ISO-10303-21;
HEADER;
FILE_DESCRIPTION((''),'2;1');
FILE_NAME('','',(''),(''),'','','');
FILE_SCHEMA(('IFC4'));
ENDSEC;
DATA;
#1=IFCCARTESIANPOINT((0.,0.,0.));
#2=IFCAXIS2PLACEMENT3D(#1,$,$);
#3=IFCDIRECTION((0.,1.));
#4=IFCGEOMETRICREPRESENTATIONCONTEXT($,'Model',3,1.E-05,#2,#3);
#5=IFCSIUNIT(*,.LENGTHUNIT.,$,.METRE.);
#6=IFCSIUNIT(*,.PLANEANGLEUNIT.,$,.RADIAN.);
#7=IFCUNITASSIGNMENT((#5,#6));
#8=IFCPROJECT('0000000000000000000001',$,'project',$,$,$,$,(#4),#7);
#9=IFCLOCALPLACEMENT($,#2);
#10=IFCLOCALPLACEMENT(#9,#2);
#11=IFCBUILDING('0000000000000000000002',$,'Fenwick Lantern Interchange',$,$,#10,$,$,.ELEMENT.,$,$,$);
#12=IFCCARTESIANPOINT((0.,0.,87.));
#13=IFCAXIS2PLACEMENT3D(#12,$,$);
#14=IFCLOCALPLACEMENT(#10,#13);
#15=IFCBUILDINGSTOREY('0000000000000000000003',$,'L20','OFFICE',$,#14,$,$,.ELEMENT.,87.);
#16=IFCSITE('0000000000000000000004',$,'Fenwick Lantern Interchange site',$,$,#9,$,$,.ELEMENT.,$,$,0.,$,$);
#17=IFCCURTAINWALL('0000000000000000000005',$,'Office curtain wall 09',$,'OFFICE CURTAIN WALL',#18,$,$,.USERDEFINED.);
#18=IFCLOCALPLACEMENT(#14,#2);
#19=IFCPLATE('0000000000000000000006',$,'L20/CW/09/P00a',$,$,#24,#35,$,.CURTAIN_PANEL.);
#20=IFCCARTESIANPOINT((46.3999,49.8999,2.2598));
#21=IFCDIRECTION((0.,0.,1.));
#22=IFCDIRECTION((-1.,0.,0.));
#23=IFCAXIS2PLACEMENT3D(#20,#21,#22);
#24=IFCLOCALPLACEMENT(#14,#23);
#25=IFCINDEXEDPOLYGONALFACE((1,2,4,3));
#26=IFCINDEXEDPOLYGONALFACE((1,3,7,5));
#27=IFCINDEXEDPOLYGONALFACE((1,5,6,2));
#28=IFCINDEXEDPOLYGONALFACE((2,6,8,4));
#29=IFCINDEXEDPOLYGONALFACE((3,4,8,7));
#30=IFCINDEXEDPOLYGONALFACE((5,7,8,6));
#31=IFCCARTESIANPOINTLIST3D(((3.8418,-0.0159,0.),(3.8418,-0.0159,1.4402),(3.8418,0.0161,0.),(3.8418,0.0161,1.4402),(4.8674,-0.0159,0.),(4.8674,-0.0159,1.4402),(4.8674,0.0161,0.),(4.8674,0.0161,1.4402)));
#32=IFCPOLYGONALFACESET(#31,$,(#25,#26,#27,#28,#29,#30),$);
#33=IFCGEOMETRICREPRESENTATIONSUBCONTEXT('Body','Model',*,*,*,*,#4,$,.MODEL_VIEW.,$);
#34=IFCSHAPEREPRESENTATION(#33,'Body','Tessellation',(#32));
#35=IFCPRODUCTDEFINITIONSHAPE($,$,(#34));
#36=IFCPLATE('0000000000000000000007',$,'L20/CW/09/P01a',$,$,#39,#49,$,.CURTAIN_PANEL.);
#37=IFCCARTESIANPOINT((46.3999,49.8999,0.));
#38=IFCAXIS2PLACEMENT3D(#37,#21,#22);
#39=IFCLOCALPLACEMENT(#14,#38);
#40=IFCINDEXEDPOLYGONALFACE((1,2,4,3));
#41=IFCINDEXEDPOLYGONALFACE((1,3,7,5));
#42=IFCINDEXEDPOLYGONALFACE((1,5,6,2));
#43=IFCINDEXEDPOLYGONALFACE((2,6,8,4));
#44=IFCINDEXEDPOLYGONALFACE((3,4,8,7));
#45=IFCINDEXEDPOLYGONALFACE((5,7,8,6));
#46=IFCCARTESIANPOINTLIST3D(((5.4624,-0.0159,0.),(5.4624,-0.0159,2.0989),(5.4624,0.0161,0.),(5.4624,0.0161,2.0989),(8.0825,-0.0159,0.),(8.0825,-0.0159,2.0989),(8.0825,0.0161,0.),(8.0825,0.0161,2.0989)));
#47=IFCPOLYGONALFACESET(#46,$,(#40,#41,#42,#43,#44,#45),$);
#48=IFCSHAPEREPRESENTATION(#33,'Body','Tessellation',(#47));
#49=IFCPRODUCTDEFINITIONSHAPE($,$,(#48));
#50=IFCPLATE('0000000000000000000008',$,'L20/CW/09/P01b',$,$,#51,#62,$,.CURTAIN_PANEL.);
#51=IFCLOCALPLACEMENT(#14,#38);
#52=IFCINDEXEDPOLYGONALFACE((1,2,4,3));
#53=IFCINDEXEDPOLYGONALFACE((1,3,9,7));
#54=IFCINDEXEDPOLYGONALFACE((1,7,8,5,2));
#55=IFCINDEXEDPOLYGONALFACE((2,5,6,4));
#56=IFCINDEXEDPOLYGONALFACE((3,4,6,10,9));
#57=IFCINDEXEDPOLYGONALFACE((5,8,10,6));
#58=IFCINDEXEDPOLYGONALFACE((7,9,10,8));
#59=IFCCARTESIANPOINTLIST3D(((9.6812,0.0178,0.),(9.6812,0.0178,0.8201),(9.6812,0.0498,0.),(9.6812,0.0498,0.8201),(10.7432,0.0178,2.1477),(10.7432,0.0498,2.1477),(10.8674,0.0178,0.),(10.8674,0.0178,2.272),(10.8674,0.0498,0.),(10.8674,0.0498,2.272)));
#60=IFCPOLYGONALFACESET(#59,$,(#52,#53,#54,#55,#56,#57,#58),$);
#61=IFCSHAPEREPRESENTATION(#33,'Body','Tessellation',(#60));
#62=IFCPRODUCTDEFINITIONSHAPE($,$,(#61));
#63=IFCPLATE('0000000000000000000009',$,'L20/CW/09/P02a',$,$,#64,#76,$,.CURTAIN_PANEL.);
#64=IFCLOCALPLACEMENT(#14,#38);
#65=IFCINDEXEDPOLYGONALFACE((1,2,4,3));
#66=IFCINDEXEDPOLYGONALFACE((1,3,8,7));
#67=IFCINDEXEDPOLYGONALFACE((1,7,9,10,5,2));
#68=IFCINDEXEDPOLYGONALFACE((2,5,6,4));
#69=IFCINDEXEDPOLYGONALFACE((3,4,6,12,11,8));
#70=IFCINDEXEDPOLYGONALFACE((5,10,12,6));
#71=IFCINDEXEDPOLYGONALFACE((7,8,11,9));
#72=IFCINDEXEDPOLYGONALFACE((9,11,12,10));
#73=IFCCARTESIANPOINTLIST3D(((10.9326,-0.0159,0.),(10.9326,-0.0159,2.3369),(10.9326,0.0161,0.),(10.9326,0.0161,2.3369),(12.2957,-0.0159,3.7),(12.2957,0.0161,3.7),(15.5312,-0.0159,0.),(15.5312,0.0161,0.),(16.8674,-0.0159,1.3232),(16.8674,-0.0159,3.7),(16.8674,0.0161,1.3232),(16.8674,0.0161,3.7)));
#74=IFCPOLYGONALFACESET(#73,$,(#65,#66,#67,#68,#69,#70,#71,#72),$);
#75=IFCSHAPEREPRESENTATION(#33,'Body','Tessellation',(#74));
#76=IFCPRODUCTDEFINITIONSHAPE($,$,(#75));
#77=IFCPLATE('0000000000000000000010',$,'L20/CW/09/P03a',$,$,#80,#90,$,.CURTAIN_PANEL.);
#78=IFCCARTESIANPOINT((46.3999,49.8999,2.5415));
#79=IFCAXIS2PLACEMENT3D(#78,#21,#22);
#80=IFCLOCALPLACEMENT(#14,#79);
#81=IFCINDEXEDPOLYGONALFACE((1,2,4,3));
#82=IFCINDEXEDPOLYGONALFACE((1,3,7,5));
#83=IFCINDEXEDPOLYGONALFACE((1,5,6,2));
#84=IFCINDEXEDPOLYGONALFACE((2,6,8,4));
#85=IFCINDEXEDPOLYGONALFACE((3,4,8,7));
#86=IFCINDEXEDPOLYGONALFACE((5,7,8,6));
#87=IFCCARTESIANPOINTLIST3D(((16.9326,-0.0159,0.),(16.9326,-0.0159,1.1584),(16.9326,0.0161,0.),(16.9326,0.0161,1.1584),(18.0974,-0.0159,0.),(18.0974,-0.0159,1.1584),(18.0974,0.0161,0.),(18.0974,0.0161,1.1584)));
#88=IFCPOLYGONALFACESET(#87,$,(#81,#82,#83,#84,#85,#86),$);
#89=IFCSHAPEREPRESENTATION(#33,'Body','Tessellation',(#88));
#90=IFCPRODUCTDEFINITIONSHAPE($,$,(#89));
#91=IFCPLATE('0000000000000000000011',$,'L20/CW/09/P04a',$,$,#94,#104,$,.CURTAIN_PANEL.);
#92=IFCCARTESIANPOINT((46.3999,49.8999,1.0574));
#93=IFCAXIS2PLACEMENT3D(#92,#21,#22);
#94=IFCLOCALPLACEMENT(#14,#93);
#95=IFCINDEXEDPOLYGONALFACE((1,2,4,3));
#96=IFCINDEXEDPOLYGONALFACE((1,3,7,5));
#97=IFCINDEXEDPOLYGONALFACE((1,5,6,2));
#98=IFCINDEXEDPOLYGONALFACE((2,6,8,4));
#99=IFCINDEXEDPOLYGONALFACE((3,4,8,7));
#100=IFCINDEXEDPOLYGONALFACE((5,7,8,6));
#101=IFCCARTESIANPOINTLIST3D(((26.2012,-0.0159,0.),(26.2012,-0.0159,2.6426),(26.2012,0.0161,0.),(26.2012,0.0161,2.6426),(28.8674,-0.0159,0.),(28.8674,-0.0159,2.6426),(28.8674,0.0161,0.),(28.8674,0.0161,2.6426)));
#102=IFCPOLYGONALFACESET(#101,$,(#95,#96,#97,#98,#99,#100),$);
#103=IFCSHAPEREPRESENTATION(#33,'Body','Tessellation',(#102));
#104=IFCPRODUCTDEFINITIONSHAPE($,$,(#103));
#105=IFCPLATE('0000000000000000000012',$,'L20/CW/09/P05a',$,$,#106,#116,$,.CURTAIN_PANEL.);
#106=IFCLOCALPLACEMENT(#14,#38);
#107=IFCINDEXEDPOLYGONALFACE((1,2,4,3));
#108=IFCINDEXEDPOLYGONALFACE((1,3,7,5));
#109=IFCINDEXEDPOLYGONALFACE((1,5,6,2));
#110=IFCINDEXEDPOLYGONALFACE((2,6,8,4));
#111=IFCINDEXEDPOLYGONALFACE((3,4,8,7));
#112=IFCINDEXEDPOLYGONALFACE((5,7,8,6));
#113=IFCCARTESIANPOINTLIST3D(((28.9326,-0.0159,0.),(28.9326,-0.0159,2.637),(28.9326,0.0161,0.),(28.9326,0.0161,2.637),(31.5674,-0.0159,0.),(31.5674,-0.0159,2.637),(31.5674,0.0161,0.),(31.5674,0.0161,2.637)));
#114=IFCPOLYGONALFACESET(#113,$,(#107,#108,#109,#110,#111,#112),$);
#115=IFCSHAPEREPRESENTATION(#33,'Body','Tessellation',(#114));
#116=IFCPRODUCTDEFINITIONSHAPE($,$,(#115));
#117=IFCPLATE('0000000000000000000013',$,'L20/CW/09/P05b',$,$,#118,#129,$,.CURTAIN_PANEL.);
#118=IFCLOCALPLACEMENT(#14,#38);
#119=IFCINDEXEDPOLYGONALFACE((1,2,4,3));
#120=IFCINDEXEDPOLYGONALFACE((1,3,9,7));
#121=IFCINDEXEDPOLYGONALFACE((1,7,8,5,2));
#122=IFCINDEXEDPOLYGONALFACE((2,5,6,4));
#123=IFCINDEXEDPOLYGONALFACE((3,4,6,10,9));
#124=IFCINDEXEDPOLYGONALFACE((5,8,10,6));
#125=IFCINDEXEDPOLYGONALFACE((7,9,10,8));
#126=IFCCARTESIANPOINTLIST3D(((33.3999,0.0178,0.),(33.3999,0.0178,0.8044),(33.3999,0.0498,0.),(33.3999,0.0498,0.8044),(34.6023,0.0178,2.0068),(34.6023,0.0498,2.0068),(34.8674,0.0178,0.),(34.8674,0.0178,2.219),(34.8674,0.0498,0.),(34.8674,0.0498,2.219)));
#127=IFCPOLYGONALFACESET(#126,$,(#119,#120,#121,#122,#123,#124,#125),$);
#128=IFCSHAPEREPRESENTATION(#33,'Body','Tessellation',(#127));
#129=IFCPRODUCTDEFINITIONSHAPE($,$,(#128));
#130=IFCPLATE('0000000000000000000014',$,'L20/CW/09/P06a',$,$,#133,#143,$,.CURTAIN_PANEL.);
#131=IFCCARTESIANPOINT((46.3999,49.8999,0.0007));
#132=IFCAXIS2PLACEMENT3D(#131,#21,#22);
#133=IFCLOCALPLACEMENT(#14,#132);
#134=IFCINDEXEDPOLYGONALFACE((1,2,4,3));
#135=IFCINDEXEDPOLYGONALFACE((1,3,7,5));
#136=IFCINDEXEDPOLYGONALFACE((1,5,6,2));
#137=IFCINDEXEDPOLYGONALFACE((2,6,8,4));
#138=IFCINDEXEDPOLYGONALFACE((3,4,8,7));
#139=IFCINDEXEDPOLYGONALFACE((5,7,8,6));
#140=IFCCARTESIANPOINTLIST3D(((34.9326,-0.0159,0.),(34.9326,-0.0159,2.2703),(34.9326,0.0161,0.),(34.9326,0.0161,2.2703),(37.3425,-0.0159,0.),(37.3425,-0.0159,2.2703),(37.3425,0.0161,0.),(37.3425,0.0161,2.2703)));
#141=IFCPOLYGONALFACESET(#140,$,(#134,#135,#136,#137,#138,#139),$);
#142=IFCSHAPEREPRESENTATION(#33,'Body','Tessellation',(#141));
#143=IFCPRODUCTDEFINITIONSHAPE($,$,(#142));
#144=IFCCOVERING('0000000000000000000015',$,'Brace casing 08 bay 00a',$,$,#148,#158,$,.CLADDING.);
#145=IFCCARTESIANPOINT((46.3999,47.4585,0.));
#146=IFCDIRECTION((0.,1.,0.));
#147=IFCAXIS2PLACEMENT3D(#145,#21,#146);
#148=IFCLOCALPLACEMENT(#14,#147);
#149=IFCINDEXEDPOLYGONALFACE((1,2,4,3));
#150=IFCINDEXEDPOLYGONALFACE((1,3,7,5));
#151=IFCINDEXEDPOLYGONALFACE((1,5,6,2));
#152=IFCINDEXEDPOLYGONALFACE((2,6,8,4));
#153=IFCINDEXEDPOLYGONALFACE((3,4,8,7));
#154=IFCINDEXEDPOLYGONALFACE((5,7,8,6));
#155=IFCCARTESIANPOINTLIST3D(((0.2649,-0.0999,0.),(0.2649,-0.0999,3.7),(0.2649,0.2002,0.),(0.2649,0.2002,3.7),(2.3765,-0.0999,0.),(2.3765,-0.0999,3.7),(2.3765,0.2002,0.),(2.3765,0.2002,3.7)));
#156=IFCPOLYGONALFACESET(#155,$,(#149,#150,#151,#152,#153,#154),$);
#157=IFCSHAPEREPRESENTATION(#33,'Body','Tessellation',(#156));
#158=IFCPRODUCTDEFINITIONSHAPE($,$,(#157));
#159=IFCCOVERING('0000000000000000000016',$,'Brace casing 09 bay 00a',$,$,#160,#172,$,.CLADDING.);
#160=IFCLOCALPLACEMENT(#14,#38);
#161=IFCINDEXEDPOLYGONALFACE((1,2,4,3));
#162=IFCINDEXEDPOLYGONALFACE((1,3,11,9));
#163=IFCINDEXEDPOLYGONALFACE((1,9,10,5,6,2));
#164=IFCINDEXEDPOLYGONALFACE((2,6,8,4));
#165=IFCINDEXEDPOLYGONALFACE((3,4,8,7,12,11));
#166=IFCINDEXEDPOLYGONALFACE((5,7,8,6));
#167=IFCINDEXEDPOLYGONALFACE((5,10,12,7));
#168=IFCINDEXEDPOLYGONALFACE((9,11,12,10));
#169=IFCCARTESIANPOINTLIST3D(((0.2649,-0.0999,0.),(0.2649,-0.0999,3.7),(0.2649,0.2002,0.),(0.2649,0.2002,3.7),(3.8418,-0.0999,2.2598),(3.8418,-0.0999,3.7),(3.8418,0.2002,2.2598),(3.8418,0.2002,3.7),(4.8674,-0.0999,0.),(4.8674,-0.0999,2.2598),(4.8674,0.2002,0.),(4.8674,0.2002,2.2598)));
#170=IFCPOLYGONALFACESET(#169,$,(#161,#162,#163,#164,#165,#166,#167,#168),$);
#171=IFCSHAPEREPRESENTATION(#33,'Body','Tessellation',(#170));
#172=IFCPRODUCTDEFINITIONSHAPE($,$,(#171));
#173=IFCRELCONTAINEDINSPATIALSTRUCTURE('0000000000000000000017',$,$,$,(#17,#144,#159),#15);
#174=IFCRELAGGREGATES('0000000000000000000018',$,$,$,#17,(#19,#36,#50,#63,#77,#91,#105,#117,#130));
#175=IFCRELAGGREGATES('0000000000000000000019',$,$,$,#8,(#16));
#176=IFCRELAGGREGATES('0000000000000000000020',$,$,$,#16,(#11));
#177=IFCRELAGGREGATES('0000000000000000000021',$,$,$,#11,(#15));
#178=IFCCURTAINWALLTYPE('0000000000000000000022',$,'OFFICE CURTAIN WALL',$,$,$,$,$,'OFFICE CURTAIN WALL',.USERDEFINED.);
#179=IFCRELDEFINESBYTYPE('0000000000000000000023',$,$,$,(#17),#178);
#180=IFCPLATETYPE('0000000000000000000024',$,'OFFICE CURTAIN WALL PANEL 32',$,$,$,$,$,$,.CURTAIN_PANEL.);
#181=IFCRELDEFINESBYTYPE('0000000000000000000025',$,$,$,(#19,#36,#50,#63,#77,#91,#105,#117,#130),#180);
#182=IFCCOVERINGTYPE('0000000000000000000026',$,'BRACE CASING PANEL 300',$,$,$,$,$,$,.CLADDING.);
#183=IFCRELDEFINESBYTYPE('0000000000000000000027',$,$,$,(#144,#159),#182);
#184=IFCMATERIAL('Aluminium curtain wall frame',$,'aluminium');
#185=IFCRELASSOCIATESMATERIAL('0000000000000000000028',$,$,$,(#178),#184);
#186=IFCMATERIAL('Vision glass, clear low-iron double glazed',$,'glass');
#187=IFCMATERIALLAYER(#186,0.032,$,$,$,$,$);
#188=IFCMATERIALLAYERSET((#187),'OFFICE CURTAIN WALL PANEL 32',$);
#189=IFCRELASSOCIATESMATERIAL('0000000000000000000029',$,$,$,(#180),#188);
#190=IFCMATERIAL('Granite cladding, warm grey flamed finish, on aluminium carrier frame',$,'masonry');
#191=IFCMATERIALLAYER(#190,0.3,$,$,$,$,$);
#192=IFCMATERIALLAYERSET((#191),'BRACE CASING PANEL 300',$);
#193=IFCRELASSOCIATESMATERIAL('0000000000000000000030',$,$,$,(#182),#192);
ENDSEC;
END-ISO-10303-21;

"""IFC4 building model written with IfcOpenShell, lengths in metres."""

from ifc_helpers import new_model, si_unit, direction, frame, origin, place, context, subcontext, project, spatial, polyline, outline, extrude, material, layer, layer_set, type_object, element, aggregate, save


model = new_model("IFC4")

# Units and contexts
model_context = context("Model", 3, precision=1e-05, world=origin(), true_north=direction((0.0, 1.0)))
body_context = subcontext(model_context, "Body", "Model", "MODEL_VIEW")
ifc_project = project(units=[si_unit("LENGTHUNIT", "METRE"), si_unit("PLANEANGLEUNIT", "RADIAN")], contexts=[model_context])

# Site, building, storey
site_placement = place(None, origin())
site = spatial("IfcSite", under=ifc_project, at=site_placement, Name="Fenwick Lantern Interchange site", CompositionType="ELEMENT", RefElevation=0.0)
building_placement = place(site_placement, origin())
building = spatial("IfcBuilding", under=site, at=building_placement, Name="Fenwick Lantern Interchange", CompositionType="ELEMENT")
storey_placement = place(building_placement, frame((0.0, 0.0, 87.0)))
storey = spatial("IfcBuildingStorey", under=building, at=storey_placement, Name="L20", Description="OFFICE", CompositionType="ELEMENT", Elevation=87.0)

# Curtain wall
ifc_material_1 = material(Name="Aluminium curtain wall frame", Category="aluminium")
curtain_wall_type = type_object("IfcCurtainWallType", Name="OFFICE CURTAIN WALL", ElementType="OFFICE CURTAIN WALL", PredefinedType="USERDEFINED", material=ifc_material_1)
curtain_wall_1_placement = place(storey_placement, origin())
curtain_wall_1 = element("IfcCurtainWall", 1, at=curtain_wall_1_placement, inside=storey, type_object=curtain_wall_type, Name="Office curtain wall 09", ObjectType="OFFICE CURTAIN WALL", PredefinedType="USERDEFINED")

# Plates
ifc_material_2 = material(Name="Vision glass, clear low-iron double glazed", Category="glass")
ifc_layer_1 = layer(ifc_material_2, 0.032)
ifc_layer_set_1 = layer_set([ifc_layer_1], Name="OFFICE CURTAIN WALL PANEL 32")
plate_type = type_object("IfcPlateType", Name="OFFICE CURTAIN WALL PANEL 32", PredefinedType="CURTAIN_PANEL", material=ifc_layer_set_1)
plate_1_placement = place(storey_placement, frame((46.3999, 49.8999, 2.2598), z_axis=(0.0, 0.0, 1.0), x_axis=(-1.0, 0.0, 0.0)))
plate_1 = element("IfcPlate", 2, at=plate_1_placement, type_object=plate_type, Name="L20/CW/09/P00a", PredefinedType="CURTAIN_PANEL", context=body_context, shape_type="SweptSolid", body=[
    extrude(outline(polyline([(3.8418, 0.0), (4.8674, 0.0), (4.8674, 1.4402), (3.8418, 1.4402), (3.8418, 0.0)])), frame((0.0, 0.0161, 0.0), z_axis=(0.0, -1.0, 0.0), x_axis=(1.0, 0.0, 0.0)), (0.0, 0.0, 1.0), 0.032),
])
plate_2_placement = place(storey_placement, frame((46.3999, 49.8999, 0.0), z_axis=(0.0, 0.0, 1.0), x_axis=(-1.0, 0.0, 0.0)))
plate_2 = element("IfcPlate", 3, at=plate_2_placement, type_object=plate_type, Name="L20/CW/09/P01a", PredefinedType="CURTAIN_PANEL", context=body_context, shape_type="SweptSolid", body=[
    extrude(outline(polyline([(5.4624, 0.0), (8.0825, 0.0), (8.0825, 2.0989), (5.4624, 2.0989), (5.4624, 0.0)])), frame((0.0, 0.0161, 0.0), z_axis=(0.0, -1.0, 0.0), x_axis=(1.0, 0.0, 0.0)), (0.0, 0.0, 1.0), 0.032),
])
plate_3_placement = place(storey_placement, frame((46.3999, 49.8999, 0.0), z_axis=(0.0, 0.0, 1.0), x_axis=(-1.0, 0.0, 0.0)))
plate_3 = element("IfcPlate", 4, at=plate_3_placement, type_object=plate_type, Name="L20/CW/09/P01b", PredefinedType="CURTAIN_PANEL", context=body_context, shape_type="SweptSolid", body=[
    extrude(outline(polyline([(9.6812, 0.0), (10.8674, 0.0), (10.8674, 2.272), (10.7432, 2.1477), (9.6812, 0.8201), (9.6812, 0.0)])), frame((0.0, 0.0498, 0.0), z_axis=(0.0, -1.0, 0.0), x_axis=(1.0, 0.0, 0.0)), (0.0, 0.0, 1.0), 0.032),
])
plate_4_placement = place(storey_placement, frame((46.3999, 49.8999, 0.0), z_axis=(0.0, 0.0, 1.0), x_axis=(-1.0, 0.0, 0.0)))
plate_4 = element("IfcPlate", 5, at=plate_4_placement, type_object=plate_type, Name="L20/CW/09/P02a", PredefinedType="CURTAIN_PANEL", context=body_context, shape_type="SweptSolid", body=[
    extrude(outline(polyline([(10.9326, 0.0), (15.5312, 0.0), (16.8674, 1.3232), (16.8674, 3.7), (12.2957, 3.7), (10.9326, 2.3369), (10.9326, 0.0)])), frame((0.0, 0.0161, 0.0), z_axis=(0.0, -1.0, 0.0), x_axis=(1.0, 0.0, 0.0)), (0.0, 0.0, 1.0), 0.032),
])
plate_5_placement = place(storey_placement, frame((46.3999, 49.8999, 2.5415), z_axis=(0.0, 0.0, 1.0), x_axis=(-1.0, 0.0, 0.0)))
plate_5 = element("IfcPlate", 6, at=plate_5_placement, type_object=plate_type, Name="L20/CW/09/P03a", PredefinedType="CURTAIN_PANEL", context=body_context, shape_type="SweptSolid", body=[
    extrude(outline(polyline([(16.9326, 0.0), (18.0974, 0.0), (18.0974, 1.1584), (16.9326, 1.1584), (16.9326, 0.0)])), frame((0.0, 0.0161, 0.0), z_axis=(0.0, -1.0, 0.0), x_axis=(1.0, 0.0, 0.0)), (0.0, 0.0, 1.0), 0.032),
])
plate_6_placement = place(storey_placement, frame((46.3999, 49.8999, 1.0574), z_axis=(0.0, 0.0, 1.0), x_axis=(-1.0, 0.0, 0.0)))
plate_6 = element("IfcPlate", 7, at=plate_6_placement, type_object=plate_type, Name="L20/CW/09/P04a", PredefinedType="CURTAIN_PANEL", context=body_context, shape_type="SweptSolid", body=[
    extrude(outline(polyline([(26.2012, 0.0), (28.8674, 0.0), (28.8674, 2.6426), (26.2012, 2.6426), (26.2012, 0.0)])), frame((0.0, 0.0161, 0.0), z_axis=(0.0, -1.0, 0.0), x_axis=(1.0, 0.0, 0.0)), (0.0, 0.0, 1.0), 0.032),
])
plate_7_placement = place(storey_placement, frame((46.3999, 49.8999, 0.0), z_axis=(0.0, 0.0, 1.0), x_axis=(-1.0, 0.0, 0.0)))
plate_7 = element("IfcPlate", 8, at=plate_7_placement, type_object=plate_type, Name="L20/CW/09/P05a", PredefinedType="CURTAIN_PANEL", context=body_context, shape_type="SweptSolid", body=[
    extrude(outline(polyline([(28.9326, 0.0), (31.5674, 0.0), (31.5674, 2.637), (28.9326, 2.637), (28.9326, 0.0)])), frame((0.0, 0.0161, 0.0), z_axis=(0.0, -1.0, 0.0), x_axis=(1.0, 0.0, 0.0)), (0.0, 0.0, 1.0), 0.032),
])
plate_8_placement = place(storey_placement, frame((46.3999, 49.8999, 0.0), z_axis=(0.0, 0.0, 1.0), x_axis=(-1.0, 0.0, 0.0)))
plate_8 = element("IfcPlate", 9, at=plate_8_placement, type_object=plate_type, Name="L20/CW/09/P05b", PredefinedType="CURTAIN_PANEL", context=body_context, shape_type="SweptSolid", body=[
    extrude(outline(polyline([(33.3999, 0.0), (34.8674, 0.0), (34.8674, 2.219), (34.6023, 2.0068), (33.3999, 0.8044), (33.3999, 0.0)])), frame((0.0, 0.0498, 0.0), z_axis=(0.0, -1.0, 0.0), x_axis=(1.0, 0.0, 0.0)), (0.0, 0.0, 1.0), 0.032),
])
plate_9_placement = place(storey_placement, frame((46.3999, 49.8999, 0.0007), z_axis=(0.0, 0.0, 1.0), x_axis=(-1.0, 0.0, 0.0)))
plate_9 = element("IfcPlate", 10, at=plate_9_placement, type_object=plate_type, Name="L20/CW/09/P06a", PredefinedType="CURTAIN_PANEL", context=body_context, shape_type="SweptSolid", body=[
    extrude(outline(polyline([(34.9326, 0.0), (37.3425, 0.0), (37.3425, 2.2703), (34.9326, 2.2703), (34.9326, 0.0)])), frame((0.0, 0.0161, 0.0), z_axis=(0.0, -1.0, 0.0), x_axis=(1.0, 0.0, 0.0)), (0.0, 0.0, 1.0), 0.032),
])
aggregate(curtain_wall_1, [plate_1, plate_2, plate_3, plate_4, plate_5, plate_6, plate_7, plate_8, plate_9])

# Coverings
ifc_material_3 = material(Name="Granite cladding, warm grey flamed finish, on aluminium carrier frame", Category="masonry")
ifc_layer_2 = layer(ifc_material_3, 0.3)
ifc_layer_set_2 = layer_set([ifc_layer_2], Name="BRACE CASING PANEL 300")
covering_type = type_object("IfcCoveringType", Name="BRACE CASING PANEL 300", PredefinedType="CLADDING", material=ifc_layer_set_2)
covering_1_placement = place(storey_placement, frame((46.3999, 47.4585, 0.0), z_axis=(0.0, 0.0, 1.0), x_axis=(0.0, 1.0, 0.0)))
element("IfcCovering", 11, at=covering_1_placement, inside=storey, type_object=covering_type, Name="Brace casing 08 bay 00a", PredefinedType="CLADDING", context=body_context, shape_type="SweptSolid", body=[
    extrude(outline(polyline([(0.2649, 0.0), (2.3765, 0.0), (2.3765, 3.7), (0.2649, 3.7), (0.2649, 0.0)])), frame((0.0, 0.2002, 0.0), z_axis=(0.0, -1.0, 0.0), x_axis=(1.0, 0.0, 0.0)), (0.0, 0.0, 1.0), 0.3),
])
covering_2_placement = place(storey_placement, frame((46.3999, 49.8999, 0.0), z_axis=(0.0, 0.0, 1.0), x_axis=(-1.0, 0.0, 0.0)))
element("IfcCovering", 12, at=covering_2_placement, inside=storey, type_object=covering_type, Name="Brace casing 09 bay 00a", PredefinedType="CLADDING", context=body_context, shape_type="SweptSolid", body=[
    extrude(outline(polyline([(0.2649, 0.0), (4.8674, 0.0), (4.8674, 2.2598), (3.8418, 2.2598), (3.8418, 3.7), (0.2649, 3.7), (0.2649, 0.0)])), frame((0.0, 0.2002, 0.0), z_axis=(0.0, -1.0, 0.0), x_axis=(1.0, 0.0, 0.0)), (0.0, 0.0, 1.0), 0.3),
])

save(model, "model.ifc")
